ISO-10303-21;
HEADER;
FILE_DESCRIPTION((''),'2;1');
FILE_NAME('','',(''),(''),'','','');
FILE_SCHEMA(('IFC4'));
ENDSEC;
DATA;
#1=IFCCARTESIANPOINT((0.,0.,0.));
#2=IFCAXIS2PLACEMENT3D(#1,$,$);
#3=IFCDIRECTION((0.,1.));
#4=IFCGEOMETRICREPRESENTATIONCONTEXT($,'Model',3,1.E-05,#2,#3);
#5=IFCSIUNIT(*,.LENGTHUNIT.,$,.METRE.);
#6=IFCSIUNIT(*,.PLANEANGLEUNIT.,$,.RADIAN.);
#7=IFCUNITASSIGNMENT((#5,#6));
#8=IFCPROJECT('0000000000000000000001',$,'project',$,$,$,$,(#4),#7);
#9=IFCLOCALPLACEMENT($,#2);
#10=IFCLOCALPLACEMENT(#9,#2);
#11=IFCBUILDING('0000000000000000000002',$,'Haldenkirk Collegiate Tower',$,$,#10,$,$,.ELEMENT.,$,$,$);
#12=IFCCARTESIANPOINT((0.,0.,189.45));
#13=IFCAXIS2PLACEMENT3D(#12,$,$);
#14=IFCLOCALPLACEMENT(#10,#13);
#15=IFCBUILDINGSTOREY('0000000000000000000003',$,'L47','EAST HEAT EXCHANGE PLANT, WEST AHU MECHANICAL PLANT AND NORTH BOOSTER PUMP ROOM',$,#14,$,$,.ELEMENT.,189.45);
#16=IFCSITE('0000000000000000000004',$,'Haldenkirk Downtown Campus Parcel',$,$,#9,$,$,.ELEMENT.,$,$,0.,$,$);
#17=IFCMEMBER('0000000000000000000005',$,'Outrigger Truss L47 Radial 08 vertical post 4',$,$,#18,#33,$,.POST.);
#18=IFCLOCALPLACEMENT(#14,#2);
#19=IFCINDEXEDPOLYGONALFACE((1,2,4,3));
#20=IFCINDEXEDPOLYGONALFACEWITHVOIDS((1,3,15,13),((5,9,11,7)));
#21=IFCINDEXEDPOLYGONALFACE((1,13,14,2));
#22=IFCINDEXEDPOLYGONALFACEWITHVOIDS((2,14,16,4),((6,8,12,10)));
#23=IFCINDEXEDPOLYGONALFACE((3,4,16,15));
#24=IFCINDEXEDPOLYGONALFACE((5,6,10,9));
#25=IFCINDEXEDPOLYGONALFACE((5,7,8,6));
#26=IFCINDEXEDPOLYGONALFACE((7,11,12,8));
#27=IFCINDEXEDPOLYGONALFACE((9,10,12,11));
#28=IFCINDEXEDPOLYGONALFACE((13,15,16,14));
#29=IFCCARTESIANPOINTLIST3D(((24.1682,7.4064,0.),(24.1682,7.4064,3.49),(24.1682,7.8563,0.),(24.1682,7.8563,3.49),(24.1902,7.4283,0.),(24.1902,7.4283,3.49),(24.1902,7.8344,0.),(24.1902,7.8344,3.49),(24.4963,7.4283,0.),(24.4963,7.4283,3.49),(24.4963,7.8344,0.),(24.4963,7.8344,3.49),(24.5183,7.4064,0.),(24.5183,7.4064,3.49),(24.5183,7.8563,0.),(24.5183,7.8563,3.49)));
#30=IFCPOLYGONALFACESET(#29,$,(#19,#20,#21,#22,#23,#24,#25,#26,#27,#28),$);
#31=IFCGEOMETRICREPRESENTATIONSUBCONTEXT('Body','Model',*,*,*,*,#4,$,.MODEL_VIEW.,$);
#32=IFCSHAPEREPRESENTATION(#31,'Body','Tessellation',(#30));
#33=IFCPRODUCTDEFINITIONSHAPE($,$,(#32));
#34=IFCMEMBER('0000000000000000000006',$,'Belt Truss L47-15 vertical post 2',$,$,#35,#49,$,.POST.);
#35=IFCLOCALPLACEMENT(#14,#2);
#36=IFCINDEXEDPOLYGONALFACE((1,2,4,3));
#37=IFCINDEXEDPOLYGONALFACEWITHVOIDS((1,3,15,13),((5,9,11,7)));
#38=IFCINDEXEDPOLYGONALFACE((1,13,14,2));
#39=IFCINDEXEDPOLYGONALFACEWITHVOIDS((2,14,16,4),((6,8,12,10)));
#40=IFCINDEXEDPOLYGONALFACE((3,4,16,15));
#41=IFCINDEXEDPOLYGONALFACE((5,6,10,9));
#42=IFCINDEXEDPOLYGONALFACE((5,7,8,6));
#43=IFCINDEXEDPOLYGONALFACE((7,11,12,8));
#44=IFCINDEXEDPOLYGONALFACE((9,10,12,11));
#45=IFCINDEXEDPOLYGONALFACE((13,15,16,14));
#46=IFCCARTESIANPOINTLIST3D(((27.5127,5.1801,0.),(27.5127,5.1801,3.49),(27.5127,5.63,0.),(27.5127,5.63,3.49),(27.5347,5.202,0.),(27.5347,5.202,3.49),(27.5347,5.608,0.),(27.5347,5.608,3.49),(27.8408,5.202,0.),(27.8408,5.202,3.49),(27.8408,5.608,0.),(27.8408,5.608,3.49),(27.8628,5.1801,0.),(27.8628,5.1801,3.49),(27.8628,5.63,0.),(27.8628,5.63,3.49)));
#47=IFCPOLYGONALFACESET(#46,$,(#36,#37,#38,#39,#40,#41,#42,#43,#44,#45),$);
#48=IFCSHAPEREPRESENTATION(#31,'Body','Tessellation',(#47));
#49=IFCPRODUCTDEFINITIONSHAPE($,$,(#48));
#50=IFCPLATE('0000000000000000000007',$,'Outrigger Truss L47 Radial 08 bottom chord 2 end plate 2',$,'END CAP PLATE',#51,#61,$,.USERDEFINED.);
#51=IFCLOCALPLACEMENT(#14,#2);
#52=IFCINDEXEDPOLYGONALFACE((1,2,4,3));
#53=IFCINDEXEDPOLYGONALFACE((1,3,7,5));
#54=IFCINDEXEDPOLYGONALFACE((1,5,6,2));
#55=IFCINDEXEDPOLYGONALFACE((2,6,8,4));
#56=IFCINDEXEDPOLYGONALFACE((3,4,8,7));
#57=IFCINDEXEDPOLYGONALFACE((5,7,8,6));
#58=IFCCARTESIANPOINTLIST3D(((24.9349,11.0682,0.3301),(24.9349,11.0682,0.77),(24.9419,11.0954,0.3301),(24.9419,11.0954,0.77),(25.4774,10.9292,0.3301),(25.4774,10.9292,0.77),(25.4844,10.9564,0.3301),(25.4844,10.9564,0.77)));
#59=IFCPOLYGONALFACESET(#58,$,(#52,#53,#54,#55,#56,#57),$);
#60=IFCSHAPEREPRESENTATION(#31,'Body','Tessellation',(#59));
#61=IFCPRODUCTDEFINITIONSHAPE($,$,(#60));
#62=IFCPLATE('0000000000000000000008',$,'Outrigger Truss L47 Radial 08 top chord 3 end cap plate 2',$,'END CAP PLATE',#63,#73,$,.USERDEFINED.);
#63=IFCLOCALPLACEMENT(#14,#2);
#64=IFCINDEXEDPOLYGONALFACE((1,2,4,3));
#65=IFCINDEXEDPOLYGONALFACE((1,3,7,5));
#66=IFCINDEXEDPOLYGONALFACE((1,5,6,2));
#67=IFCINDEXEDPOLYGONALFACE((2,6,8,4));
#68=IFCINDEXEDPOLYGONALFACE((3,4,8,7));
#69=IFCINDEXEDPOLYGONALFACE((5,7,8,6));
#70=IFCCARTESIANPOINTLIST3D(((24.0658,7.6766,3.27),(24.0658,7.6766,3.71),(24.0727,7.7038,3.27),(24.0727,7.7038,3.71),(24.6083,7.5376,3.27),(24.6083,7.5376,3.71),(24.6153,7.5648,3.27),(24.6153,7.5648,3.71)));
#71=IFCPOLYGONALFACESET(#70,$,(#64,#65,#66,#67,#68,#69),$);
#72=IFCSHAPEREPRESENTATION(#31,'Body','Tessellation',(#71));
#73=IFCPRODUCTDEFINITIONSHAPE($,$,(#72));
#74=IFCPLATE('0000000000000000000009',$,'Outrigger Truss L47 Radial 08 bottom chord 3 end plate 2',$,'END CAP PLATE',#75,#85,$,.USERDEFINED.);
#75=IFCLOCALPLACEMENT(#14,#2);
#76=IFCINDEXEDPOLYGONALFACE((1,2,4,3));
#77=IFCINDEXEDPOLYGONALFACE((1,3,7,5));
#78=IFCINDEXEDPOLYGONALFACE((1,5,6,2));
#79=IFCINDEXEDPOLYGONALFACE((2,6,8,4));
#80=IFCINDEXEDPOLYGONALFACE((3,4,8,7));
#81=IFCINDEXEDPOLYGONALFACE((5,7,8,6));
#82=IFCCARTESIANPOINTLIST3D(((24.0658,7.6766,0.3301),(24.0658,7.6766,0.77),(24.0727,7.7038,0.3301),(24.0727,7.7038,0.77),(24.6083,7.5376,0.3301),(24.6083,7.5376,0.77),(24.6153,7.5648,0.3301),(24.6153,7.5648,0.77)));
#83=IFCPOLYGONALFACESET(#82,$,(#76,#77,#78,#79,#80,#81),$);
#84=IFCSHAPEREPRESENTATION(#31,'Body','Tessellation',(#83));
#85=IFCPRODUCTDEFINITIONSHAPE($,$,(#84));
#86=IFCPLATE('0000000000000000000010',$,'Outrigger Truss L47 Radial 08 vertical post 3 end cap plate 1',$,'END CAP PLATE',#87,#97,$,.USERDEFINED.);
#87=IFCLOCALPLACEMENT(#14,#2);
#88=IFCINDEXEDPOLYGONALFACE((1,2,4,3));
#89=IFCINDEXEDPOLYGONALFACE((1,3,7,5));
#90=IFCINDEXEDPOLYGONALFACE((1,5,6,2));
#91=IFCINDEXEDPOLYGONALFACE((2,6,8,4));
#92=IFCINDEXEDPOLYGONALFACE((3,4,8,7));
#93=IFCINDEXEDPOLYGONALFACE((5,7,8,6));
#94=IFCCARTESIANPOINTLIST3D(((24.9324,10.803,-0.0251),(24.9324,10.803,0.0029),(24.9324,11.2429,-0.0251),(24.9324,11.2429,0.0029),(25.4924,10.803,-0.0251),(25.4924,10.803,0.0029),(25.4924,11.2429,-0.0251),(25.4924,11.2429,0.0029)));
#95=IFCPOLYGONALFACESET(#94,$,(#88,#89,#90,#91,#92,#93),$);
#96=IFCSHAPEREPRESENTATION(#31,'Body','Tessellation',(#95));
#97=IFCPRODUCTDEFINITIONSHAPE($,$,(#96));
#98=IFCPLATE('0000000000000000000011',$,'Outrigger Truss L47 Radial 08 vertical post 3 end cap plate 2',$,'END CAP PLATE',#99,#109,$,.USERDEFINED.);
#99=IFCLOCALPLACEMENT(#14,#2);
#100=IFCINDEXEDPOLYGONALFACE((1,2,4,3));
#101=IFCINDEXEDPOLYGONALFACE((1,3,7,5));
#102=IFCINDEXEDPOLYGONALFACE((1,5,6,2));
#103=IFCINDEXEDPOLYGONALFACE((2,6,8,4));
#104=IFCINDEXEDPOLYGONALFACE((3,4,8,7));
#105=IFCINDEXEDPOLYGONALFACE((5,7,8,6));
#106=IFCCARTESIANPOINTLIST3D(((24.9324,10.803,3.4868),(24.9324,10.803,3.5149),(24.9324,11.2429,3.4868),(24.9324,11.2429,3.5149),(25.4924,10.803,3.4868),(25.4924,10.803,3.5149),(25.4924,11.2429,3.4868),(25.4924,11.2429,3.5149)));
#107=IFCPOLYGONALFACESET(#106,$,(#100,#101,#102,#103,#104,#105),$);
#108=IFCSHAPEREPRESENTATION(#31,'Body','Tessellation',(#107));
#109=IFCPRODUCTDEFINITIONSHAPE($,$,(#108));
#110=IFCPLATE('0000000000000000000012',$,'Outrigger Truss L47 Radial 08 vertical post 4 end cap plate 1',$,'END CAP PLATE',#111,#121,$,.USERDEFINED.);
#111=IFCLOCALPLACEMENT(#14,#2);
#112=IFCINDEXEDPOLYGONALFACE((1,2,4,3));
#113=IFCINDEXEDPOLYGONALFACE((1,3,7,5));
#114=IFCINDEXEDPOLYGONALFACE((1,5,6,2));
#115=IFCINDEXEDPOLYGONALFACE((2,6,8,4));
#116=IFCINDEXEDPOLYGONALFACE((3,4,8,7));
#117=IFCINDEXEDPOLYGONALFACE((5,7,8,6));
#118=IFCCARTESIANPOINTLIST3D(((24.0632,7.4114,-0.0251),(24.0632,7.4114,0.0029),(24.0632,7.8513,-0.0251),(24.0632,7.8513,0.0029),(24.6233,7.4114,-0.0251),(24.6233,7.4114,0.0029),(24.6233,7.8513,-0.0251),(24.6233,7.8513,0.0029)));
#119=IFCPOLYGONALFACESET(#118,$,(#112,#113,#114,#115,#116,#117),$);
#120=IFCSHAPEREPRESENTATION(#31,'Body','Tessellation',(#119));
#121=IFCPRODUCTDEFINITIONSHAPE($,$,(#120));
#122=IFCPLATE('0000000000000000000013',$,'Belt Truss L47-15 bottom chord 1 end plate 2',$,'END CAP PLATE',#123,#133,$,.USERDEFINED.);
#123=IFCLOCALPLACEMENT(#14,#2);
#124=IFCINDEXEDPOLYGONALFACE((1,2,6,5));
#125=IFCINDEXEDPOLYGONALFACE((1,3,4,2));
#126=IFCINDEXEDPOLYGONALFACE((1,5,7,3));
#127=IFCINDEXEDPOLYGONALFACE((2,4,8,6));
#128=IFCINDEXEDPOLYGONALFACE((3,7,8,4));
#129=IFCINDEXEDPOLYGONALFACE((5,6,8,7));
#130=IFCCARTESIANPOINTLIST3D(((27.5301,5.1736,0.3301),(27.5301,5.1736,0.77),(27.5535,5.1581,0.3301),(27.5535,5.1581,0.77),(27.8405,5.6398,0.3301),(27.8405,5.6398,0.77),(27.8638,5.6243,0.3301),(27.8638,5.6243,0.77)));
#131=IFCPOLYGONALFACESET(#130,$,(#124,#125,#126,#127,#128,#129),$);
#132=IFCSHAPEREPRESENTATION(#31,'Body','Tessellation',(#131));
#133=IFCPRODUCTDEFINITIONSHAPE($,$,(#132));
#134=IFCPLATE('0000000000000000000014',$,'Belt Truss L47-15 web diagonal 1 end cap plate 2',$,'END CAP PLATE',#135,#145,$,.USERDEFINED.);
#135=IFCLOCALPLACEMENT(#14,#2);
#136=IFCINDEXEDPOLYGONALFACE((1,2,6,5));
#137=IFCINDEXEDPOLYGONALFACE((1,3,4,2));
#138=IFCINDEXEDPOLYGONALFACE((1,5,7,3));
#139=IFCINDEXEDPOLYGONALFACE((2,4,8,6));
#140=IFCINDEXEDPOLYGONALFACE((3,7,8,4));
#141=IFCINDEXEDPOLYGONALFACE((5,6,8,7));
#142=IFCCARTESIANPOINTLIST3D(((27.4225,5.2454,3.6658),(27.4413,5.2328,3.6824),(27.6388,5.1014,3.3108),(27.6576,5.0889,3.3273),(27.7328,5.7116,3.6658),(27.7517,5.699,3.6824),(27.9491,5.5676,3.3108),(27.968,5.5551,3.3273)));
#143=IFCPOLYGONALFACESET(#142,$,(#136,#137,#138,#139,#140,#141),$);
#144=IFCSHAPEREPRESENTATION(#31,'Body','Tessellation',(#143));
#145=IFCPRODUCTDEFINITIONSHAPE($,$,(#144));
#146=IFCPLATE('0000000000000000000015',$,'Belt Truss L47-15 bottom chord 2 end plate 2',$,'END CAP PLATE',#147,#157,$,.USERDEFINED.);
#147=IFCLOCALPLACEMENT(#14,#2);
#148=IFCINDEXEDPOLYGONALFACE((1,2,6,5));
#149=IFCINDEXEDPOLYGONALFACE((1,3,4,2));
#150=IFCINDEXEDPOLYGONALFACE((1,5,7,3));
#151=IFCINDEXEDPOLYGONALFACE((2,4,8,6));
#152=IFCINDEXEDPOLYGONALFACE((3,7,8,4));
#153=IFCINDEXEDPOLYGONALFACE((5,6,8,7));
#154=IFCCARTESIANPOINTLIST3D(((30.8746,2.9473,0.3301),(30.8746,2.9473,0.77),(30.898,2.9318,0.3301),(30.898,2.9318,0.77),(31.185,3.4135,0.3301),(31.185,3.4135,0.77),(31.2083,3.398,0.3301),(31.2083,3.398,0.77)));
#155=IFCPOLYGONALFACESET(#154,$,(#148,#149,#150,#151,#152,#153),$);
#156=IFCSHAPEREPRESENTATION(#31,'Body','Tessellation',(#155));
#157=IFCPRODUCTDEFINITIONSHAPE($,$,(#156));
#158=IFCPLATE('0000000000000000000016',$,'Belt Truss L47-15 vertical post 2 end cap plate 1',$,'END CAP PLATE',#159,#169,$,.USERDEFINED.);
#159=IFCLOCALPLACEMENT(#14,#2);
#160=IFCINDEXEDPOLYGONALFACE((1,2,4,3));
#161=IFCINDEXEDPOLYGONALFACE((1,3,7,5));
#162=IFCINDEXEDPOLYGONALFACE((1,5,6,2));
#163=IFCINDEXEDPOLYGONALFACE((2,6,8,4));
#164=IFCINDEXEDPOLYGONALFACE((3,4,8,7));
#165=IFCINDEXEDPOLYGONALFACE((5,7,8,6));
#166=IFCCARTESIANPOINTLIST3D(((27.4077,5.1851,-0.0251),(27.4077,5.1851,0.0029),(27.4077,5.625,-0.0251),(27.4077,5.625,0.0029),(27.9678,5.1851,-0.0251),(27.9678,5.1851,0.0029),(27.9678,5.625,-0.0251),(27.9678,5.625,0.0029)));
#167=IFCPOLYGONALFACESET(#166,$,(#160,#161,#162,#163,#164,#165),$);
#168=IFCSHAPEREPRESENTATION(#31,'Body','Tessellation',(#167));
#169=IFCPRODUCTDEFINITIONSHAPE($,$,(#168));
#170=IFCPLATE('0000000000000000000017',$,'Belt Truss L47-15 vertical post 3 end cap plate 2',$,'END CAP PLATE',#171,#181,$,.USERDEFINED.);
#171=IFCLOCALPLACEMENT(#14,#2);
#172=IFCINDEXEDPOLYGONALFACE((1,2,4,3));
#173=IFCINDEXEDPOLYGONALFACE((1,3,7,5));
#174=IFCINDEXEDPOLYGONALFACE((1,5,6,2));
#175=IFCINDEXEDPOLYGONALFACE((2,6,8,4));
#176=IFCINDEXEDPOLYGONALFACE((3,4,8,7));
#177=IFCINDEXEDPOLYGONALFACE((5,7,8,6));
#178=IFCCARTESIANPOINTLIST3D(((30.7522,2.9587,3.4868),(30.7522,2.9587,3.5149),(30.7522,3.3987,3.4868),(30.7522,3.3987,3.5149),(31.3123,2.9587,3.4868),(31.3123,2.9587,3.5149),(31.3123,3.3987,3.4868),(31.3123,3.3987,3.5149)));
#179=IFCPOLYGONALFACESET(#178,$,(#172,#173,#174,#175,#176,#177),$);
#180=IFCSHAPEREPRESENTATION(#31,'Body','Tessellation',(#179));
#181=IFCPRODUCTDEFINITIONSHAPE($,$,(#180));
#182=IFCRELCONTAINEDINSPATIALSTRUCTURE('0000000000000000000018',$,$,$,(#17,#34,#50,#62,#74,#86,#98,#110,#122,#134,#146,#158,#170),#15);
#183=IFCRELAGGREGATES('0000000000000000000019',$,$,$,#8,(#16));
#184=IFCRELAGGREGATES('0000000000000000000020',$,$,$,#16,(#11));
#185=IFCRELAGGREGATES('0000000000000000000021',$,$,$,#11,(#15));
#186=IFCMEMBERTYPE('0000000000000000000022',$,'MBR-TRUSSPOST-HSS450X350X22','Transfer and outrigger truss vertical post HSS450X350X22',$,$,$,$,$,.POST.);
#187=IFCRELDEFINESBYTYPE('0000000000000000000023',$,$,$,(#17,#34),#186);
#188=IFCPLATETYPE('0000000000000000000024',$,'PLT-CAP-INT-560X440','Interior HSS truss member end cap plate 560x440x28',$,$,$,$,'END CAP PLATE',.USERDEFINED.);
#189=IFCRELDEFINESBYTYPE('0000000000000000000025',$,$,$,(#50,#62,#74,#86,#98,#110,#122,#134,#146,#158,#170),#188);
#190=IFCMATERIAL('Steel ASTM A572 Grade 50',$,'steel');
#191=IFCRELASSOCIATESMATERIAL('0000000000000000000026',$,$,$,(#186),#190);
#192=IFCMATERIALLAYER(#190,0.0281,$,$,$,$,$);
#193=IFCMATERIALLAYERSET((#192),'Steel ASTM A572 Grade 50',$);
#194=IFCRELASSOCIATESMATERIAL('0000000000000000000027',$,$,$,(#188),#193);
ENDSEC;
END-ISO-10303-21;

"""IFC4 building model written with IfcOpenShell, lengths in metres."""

from ifc_helpers import new_model, si_unit, direction, frame, origin, origin_2d, place, context, subcontext, project, spatial, rectangle, hollow_rectangle, extrude, source, transform, mapped, material, layer, layer_set, material_profile, profile_set, type_object, element, save


model = new_model("IFC4")

# Units and contexts
model_context = context("Model", 3, precision=1e-05, world=origin(), true_north=direction((0.0, 1.0)))
body_context = subcontext(model_context, "Body", "Model", "MODEL_VIEW")
ifc_project = project(units=[si_unit("LENGTHUNIT", "METRE"), si_unit("PLANEANGLEUNIT", "RADIAN")], contexts=[model_context])

# Site, building, storey
site_placement = place(None, origin())
site = spatial("IfcSite", under=ifc_project, at=site_placement, Name="Haldenkirk Downtown Campus Parcel", CompositionType="ELEMENT", RefElevation=0.0)
building_placement = place(site_placement, origin())
building = spatial("IfcBuilding", under=site, at=building_placement, Name="Haldenkirk Collegiate Tower", CompositionType="ELEMENT")
storey_placement = place(building_placement, frame((0.0, 0.0, 189.45)))
storey = spatial("IfcBuildingStorey", under=building, at=storey_placement, Name="L47", Description="EAST HEAT EXCHANGE PLANT, WEST AHU MECHANICAL PLANT AND NORTH BOOSTER PUMP ROOM", CompositionType="ELEMENT", Elevation=189.45)

# Members
ifc_material_1 = material(Name="Steel ASTM A572 Grade 50", Category="steel")
ifc_material_profile_1 = material_profile(ifc_material_1, hollow_rectangle(XDim=0.3501, YDim=0.45, WallThickness=0.022, at=origin_2d()), Name="HSS450X350X22")
ifc_profile_set_1 = profile_set([ifc_material_profile_1], Name="Steel ASTM A572 Grade 50")
member_type_1 = type_object("IfcMemberType", Name="MBR-TRUSSPOST-HSS450X350X22", Description="Transfer and outrigger truss vertical post HSS450X350X22", PredefinedType="POST", material=ifc_profile_set_1)
for number, where, z_axis, x_axis, name in (
    (1, (24.3433, 7.6313, 0.0), (0.0, 0.0, 1.0), (1.0, 0.0, 0.0), "Outrigger Truss L47 Radial 08 vertical post 4"),
    (2, (27.6877, 5.405, 0.0), (0.0, 0.0, 1.0), (1.0, 0.0, 0.0), "Belt Truss L47-15 vertical post 2"),
):
    element("IfcMember", number, at=place(storey_placement, frame(where, z_axis=z_axis, x_axis=x_axis)), inside=storey, type_object=member_type_1, Name=name, PredefinedType="POST", context=body_context, shape_type="SweptSolid", body=[
        extrude(hollow_rectangle(XDim=0.3501, YDim=0.45, WallThickness=0.022, at=origin_2d()), origin(), (0.0, 0.0, 1.0), 3.49),
    ])

# Plates
ifc_layer = layer(ifc_material_1, 0.0281)
ifc_layer_set = layer_set([ifc_layer], Name="Steel ASTM A572 Grade 50")
plate_type = type_object("IfcPlateType", Name="PLT-CAP-INT-560X440", Description="Interior HSS truss member end cap plate 560x440x28", ElementType="END CAP PLATE", PredefinedType="USERDEFINED", material=ifc_layer_set)
shared_shape = source(origin(), body_context, "Body", "SweptSolid", [
    extrude(rectangle(XDim=0.5601, YDim=0.4399, at=origin_2d()), origin(), (0.0, 0.0, 1.0), 0.0281),
])
for number, where, z_axis, x_axis, name in (
    (3, (25.2131, 11.0259, 0.55), (-0.248208, -0.968707, 0.0), (0.968707, -0.248208, 0.0), "Outrigger Truss L47 Radial 08 bottom chord 2 end plate 2"),
    (4, (24.344, 7.6343, 3.49), (-0.248197, -0.96871, 0.0), (0.96871, -0.248197, 0.0), "Outrigger Truss L47 Radial 08 top chord 3 end cap plate 2"),
    (5, (24.344, 7.6343, 0.55), (-0.248208, -0.968707, 0.0), (0.968707, -0.248208, 0.0), "Outrigger Truss L47 Radial 08 bottom chord 3 end plate 2"),
    (6, (25.2124, 11.0229, 0.0029), (0.0, 0.0, -1.0), (1.0, 0.0, 0.0), "Outrigger Truss L47 Radial 08 vertical post 3 end cap plate 1"),
    (7, (25.2124, 11.0229, 3.4868), (0.0, 0.0, 1.0), (1.0, 0.0, 0.0), "Outrigger Truss L47 Radial 08 vertical post 3 end cap plate 2"),
    (8, (24.3433, 7.6313, 0.0029), (0.0, 0.0, -1.0), (1.0, 0.0, 0.0), "Outrigger Truss L47 Radial 08 vertical post 4 end cap plate 1"),
    (9, (27.6853, 5.4067, 0.55), (0.832438, -0.554118, 0.0), (0.554118, 0.832438, 0.0), "Belt Truss L47-15 bottom chord 1 end plate 2"),
    (10, (27.6858, 5.4065, 3.4883), (0.671786, -0.447181, 0.590537), (0.55412, 0.832437, 0.0), "Belt Truss L47-15 web diagonal 1 end cap plate 2"),
    (11, (31.0298, 3.1804, 0.55), (0.832438, -0.554118, 0.0), (0.554118, 0.832438, 0.0), "Belt Truss L47-15 bottom chord 2 end plate 2"),
    (12, (27.6877, 5.405, 0.0029), (0.0, 0.0, -1.0), (1.0, 0.0, 0.0), "Belt Truss L47-15 vertical post 2 end cap plate 1"),
    (13, (31.0322, 3.1787, 3.4868), (0.0, 0.0, 1.0), (1.0, 0.0, 0.0), "Belt Truss L47-15 vertical post 3 end cap plate 2"),
):
    element("IfcPlate", number, at=place(storey_placement, frame(where, z_axis=z_axis, x_axis=x_axis)), inside=storey, type_object=plate_type, Name=name, ObjectType="END CAP PLATE", PredefinedType="USERDEFINED", context=body_context, shape_type="MappedRepresentation", body=[
        mapped(shared_shape, transform((0.0, 0.0, 0.0), x_axis=(1.0, 0.0, 0.0), y_axis=(0.0, 1.0, 0.0), z_axis=(0.0, 0.0, 1.0), scale=1.0)),
    ])

save(model, "model.ifc")
